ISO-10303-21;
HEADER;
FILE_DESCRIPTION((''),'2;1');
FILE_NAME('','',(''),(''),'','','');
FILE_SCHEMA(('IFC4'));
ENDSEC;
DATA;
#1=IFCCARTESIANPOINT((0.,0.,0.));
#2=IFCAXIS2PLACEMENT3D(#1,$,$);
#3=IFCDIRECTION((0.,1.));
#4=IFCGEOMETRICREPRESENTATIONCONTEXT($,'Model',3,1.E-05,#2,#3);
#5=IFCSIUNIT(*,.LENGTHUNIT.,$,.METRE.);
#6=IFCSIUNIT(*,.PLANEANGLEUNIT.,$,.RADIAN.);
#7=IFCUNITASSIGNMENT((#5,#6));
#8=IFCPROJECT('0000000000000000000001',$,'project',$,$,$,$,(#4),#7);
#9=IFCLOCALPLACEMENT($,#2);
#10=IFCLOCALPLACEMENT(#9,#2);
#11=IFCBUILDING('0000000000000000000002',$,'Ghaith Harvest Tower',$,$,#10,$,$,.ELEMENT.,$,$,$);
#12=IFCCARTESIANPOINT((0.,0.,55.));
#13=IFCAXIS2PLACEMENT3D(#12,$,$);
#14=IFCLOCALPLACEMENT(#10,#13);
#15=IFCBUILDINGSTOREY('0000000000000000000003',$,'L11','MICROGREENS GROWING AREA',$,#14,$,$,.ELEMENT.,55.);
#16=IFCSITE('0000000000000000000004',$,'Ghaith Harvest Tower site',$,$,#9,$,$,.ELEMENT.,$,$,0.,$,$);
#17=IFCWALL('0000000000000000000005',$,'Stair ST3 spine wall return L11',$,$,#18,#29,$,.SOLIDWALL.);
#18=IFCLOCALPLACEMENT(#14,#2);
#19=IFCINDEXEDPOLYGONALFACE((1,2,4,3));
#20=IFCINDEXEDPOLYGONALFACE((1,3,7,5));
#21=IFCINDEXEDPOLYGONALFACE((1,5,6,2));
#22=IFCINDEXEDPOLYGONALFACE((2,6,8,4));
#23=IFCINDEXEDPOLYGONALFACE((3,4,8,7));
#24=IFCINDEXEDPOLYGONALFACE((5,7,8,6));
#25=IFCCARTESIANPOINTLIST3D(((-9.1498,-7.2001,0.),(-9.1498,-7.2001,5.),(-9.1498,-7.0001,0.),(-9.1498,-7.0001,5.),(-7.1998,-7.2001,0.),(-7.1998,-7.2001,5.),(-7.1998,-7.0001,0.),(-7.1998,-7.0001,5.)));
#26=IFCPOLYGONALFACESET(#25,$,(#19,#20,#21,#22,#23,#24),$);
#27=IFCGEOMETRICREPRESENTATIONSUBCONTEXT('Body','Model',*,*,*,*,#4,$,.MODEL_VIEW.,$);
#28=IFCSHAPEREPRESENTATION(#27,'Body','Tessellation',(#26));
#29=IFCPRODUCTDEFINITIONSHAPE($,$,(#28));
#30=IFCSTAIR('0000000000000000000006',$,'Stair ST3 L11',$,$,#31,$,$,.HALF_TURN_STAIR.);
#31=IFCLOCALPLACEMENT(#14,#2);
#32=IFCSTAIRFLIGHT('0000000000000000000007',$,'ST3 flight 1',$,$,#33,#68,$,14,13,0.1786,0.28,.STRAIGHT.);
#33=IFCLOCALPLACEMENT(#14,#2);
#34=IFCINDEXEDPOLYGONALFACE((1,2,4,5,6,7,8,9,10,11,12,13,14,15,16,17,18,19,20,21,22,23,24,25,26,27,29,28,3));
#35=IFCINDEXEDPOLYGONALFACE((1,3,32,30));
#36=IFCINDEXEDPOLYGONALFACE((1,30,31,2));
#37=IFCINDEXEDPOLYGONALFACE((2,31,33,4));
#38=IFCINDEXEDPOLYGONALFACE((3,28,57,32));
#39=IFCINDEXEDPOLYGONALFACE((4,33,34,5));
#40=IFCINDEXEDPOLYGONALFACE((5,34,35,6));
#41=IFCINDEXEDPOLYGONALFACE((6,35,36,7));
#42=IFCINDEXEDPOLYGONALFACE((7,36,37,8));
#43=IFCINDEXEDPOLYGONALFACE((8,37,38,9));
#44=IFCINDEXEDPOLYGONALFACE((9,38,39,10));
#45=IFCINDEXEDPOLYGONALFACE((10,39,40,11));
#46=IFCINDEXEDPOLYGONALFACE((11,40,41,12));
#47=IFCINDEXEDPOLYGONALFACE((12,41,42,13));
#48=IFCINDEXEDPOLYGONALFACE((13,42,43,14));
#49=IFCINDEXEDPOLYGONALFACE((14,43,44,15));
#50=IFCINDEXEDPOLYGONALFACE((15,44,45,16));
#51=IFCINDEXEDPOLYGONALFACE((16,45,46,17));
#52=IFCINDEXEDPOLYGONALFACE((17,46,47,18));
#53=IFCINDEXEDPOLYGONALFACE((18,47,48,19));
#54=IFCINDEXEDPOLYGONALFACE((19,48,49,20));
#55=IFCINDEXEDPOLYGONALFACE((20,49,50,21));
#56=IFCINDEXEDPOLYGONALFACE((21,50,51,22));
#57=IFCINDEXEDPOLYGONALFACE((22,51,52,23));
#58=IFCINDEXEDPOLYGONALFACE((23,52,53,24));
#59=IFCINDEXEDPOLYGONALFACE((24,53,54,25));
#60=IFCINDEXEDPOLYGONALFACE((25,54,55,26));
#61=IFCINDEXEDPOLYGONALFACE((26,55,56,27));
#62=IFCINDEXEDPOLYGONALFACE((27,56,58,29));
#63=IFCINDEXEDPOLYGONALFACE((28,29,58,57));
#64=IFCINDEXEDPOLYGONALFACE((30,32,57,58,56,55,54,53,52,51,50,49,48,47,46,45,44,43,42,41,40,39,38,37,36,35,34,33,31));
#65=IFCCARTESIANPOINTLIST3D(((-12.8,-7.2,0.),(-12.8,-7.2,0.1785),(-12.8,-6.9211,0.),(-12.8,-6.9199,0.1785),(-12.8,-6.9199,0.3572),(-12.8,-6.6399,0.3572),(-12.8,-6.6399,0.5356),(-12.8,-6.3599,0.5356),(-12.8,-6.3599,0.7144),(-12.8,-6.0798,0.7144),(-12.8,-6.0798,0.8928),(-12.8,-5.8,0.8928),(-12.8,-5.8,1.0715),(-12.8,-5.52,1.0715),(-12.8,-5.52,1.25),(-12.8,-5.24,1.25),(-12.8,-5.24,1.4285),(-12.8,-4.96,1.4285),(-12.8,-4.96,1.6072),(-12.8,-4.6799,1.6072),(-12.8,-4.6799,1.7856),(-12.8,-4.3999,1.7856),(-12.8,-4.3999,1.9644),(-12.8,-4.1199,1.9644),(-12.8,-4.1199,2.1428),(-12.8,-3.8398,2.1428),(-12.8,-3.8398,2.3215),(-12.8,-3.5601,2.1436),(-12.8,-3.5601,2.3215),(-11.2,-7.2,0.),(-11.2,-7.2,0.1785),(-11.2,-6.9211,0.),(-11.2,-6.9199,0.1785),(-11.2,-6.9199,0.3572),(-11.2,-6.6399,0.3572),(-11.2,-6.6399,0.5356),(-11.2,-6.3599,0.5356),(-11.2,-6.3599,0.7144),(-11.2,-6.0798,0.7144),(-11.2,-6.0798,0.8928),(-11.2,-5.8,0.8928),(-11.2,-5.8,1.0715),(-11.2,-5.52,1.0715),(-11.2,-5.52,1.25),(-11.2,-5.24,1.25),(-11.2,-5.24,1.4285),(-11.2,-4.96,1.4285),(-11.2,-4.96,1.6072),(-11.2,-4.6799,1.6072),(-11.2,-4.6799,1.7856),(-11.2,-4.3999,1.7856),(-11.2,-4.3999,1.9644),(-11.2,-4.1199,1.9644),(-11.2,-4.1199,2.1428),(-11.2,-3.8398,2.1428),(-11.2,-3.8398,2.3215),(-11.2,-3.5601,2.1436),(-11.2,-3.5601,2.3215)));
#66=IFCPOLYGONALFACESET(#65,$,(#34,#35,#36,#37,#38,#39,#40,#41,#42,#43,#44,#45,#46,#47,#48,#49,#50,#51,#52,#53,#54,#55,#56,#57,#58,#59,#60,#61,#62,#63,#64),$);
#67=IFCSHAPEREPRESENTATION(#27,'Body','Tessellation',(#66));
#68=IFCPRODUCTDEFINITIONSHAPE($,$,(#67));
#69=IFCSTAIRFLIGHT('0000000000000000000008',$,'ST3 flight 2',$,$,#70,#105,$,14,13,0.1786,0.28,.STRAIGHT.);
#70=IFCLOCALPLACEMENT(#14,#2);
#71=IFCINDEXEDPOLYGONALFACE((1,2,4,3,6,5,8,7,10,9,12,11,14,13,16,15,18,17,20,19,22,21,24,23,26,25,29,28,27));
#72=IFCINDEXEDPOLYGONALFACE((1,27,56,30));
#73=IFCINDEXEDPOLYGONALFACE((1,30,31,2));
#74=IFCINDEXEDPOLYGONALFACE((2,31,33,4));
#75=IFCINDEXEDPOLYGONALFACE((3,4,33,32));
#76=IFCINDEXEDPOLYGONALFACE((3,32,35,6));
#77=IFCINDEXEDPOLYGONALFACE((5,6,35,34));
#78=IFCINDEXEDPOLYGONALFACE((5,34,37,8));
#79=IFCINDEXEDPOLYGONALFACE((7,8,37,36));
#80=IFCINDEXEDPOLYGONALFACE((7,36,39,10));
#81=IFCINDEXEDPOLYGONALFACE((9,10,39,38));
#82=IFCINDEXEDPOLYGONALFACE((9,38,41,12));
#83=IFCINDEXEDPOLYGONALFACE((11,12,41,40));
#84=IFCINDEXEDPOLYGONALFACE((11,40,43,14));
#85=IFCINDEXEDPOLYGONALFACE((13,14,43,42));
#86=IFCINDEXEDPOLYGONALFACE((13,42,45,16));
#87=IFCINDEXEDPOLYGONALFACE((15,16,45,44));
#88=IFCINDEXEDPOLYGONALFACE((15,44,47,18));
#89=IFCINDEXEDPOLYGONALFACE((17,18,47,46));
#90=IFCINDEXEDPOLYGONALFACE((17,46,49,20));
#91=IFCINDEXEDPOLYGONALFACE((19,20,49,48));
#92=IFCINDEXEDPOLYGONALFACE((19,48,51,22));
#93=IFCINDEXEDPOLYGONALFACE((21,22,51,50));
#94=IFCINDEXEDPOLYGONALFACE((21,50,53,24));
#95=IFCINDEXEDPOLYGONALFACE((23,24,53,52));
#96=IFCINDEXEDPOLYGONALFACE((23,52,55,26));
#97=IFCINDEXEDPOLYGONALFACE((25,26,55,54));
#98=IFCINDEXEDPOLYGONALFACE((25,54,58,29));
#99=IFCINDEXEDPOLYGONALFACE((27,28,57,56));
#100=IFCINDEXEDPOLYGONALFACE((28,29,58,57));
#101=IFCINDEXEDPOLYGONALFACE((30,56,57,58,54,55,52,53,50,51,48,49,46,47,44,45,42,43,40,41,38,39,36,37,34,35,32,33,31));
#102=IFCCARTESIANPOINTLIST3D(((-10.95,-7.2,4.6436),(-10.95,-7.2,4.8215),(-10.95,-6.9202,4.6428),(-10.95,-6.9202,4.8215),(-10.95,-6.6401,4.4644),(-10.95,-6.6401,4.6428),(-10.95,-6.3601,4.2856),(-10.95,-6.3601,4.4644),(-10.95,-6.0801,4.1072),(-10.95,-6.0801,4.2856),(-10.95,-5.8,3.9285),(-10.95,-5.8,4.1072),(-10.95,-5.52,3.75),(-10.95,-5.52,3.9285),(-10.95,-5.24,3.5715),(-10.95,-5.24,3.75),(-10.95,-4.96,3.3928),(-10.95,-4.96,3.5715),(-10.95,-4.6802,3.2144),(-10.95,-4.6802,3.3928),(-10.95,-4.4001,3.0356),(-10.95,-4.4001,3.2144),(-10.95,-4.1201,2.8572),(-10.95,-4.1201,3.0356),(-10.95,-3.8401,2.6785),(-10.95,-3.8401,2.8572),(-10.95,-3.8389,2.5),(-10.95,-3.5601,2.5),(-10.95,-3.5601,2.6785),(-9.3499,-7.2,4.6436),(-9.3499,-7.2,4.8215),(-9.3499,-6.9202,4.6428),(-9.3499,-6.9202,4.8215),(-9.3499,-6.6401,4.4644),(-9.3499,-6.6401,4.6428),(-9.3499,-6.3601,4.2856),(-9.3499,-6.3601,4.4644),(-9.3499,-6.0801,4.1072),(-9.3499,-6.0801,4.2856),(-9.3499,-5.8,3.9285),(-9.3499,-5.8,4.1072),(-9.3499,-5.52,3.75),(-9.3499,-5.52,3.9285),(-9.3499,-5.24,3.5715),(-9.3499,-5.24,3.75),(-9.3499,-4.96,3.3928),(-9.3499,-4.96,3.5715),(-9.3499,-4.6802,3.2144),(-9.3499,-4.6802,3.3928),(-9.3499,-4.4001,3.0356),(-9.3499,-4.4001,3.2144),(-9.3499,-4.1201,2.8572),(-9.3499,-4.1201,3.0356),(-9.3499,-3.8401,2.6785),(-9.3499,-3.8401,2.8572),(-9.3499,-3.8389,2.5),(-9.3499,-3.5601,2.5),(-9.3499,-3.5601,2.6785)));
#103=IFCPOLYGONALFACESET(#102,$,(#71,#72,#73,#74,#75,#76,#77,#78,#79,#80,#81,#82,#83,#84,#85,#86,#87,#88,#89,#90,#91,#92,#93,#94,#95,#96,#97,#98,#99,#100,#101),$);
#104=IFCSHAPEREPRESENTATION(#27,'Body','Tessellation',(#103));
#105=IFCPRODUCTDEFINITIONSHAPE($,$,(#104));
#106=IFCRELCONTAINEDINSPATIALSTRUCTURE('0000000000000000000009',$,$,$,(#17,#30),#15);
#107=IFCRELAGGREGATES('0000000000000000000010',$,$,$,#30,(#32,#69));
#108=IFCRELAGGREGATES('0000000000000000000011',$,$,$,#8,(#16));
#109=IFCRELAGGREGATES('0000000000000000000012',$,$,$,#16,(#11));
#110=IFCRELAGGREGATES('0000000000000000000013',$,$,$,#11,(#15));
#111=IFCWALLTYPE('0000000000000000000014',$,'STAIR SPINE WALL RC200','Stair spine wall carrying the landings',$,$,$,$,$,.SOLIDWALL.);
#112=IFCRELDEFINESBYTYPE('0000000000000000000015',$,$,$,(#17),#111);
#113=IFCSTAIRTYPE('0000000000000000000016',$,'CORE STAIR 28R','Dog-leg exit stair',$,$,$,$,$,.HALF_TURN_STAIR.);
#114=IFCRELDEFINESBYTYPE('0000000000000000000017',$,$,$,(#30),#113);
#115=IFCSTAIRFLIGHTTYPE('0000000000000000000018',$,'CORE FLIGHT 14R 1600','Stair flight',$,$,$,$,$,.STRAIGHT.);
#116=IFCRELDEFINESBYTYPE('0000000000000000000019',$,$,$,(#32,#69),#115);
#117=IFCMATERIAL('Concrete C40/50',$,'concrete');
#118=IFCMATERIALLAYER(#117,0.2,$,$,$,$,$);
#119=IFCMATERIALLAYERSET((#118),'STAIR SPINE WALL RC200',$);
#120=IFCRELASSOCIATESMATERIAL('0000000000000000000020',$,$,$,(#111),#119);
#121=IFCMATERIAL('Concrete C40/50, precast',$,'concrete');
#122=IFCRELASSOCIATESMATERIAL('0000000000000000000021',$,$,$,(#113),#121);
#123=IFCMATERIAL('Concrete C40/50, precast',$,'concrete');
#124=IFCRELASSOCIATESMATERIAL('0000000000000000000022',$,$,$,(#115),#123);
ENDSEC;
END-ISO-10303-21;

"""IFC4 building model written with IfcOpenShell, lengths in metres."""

from ifc_helpers import new_model, si_unit, direction, frame, frame_2d, origin, place, context, subcontext, project, spatial, polyline, rectangle, outline, extrude, material, layer, layer_set, type_object, element, aggregate, save


model = new_model("IFC4")

# Units and contexts
model_context = context("Model", 3, precision=1e-05, world=origin(), true_north=direction((0.0, 1.0)))
body_context = subcontext(model_context, "Body", "Model", "MODEL_VIEW")
ifc_project = project(units=[si_unit("LENGTHUNIT", "METRE"), si_unit("PLANEANGLEUNIT", "RADIAN")], contexts=[model_context])

# Site, building, storey
site_placement = place(None, origin())
site = spatial("IfcSite", under=ifc_project, at=site_placement, Name="Ghaith Harvest Tower site", CompositionType="ELEMENT", RefElevation=0.0)
building_placement = place(site_placement, origin())
building = spatial("IfcBuilding", under=site, at=building_placement, Name="Ghaith Harvest Tower", CompositionType="ELEMENT")
storey_placement = place(building_placement, frame((0.0, 0.0, 55.0)))
storey = spatial("IfcBuildingStorey", under=building, at=storey_placement, Name="L11", Description="MICROGREENS GROWING AREA", CompositionType="ELEMENT", Elevation=55.0)

# Wall
ifc_material_1 = material(Name="Concrete C40/50", Category="concrete")
ifc_layer_1 = layer(ifc_material_1, 0.2)
ifc_layer_set_1 = layer_set([ifc_layer_1], Name="STAIR SPINE WALL RC200")
wall_type_1 = type_object("IfcWallType", Name="STAIR SPINE WALL RC200", Description="Stair spine wall carrying the landings", PredefinedType="SOLIDWALL", material=ifc_layer_set_1)
wall_1_placement = place(storey_placement, frame((-9.1499, -7.1001, 0.0), z_axis=(0.0, 0.0, 1.0), x_axis=(1.0, 0.0, 0.0)))
element("IfcWall", 1, at=wall_1_placement, inside=storey, type_object=wall_type_1, Name="Stair ST3 spine wall return L11", PredefinedType="SOLIDWALL", context=body_context, shape_type="SweptSolid", body=[
    extrude(rectangle(XDim=1.95, YDim=0.2, at=frame_2d((0.9751, 0.0))), origin(), (0.0, 0.0, 1.0), 5.0),
])

# Stair, stair flights
ifc_material_2 = material(Name="Concrete C40/50, precast", Category="concrete")
stair_type = type_object("IfcStairType", Name="CORE STAIR 28R", Description="Dog-leg exit stair", PredefinedType="HALF_TURN_STAIR", material=ifc_material_2)
stair_placement = place(storey_placement, origin())
stair = element("IfcStair", 2, at=stair_placement, inside=storey, type_object=stair_type, Name="Stair ST3 L11", PredefinedType="HALF_TURN_STAIR")
ifc_material_3 = material(Name="Concrete C40/50, precast", Category="concrete")
stair_flight_type = type_object("IfcStairFlightType", Name="CORE FLIGHT 14R 1600", Description="Stair flight", PredefinedType="STRAIGHT", material=ifc_material_3)
stair_flight_1_placement = place(storey_placement, frame((-12.0, -7.2, 0.0), z_axis=(0.0, 0.0, 1.0), x_axis=(0.0, 1.0, 0.0)))
stair_flight_1 = element("IfcStairFlight", 3, at=stair_flight_1_placement, type_object=stair_flight_type, Name="ST3 flight 1", NumberOfRisers=14, NumberOfTreads=13, PredefinedType="STRAIGHT", RiserHeight=0.1786, TreadLength=0.28, context=body_context, shape_type="SweptSolid", body=[
    extrude(outline(polyline([(0.0, 0.0), (0.0, 0.1785), (0.28, 0.1785), (0.28, 0.3572), (0.5601, 0.3572), (0.5601, 0.5356), (0.8401, 0.5356), (0.8401, 0.7144), (1.1201, 0.7144), (1.1201, 0.8928), (1.3999, 0.8928), (1.3999, 1.0715), (1.6799, 1.0715), (1.6799, 1.25), (1.96, 1.25), (1.96, 1.4285), (2.24, 1.4285), (2.24, 1.6072), (2.52, 1.6072), (2.52, 1.7856), (2.8, 1.7856), (2.8, 1.9644), (3.0801, 1.9644), (3.0801, 2.1428), (3.3601, 2.1428), (3.3601, 2.3215), (3.6399, 2.3215), (3.6399, 2.5), (3.6399, 2.1436), (0.2788, 0.0), (0.0, 0.0)])), frame((0.0, 0.8, 0.0), z_axis=(0.0, -1.0, 0.0), x_axis=(1.0, 0.0, 0.0)), (0.0, 0.0, 1.0), 1.6001),
])
stair_flight_2_placement = place(storey_placement, frame((-10.1499, -3.5601, 2.5), z_axis=(0.0, 0.0, 1.0), x_axis=(0.0, -1.0, 0.0)))
stair_flight_2 = element("IfcStairFlight", 4, at=stair_flight_2_placement, type_object=stair_flight_type, Name="ST3 flight 2", NumberOfRisers=14, NumberOfTreads=13, PredefinedType="STRAIGHT", RiserHeight=0.1786, TreadLength=0.28, context=body_context, shape_type="SweptSolid", body=[
    extrude(outline(polyline([(0.0, 0.0), (0.0, 0.1785), (0.28, 0.1785), (0.28, 0.3572), (0.5601, 0.3572), (0.5601, 0.5356), (0.8401, 0.5356), (0.8401, 0.7144), (1.1201, 0.7144), (1.1201, 0.8928), (1.3999, 0.8928), (1.3999, 1.0715), (1.6799, 1.0715), (1.6799, 1.25), (1.96, 1.25), (1.96, 1.4285), (2.24, 1.4285), (2.24, 1.6072), (2.52, 1.6072), (2.52, 1.7856), (2.8, 1.7856), (2.8, 1.9644), (3.0801, 1.9644), (3.0801, 2.1428), (3.3601, 2.1428), (3.3601, 2.3215), (3.6399, 2.3215), (3.6399, 2.5), (3.6399, 2.1436), (0.2788, 0.0), (0.0, 0.0)])), frame((0.0, 0.8, 0.0), z_axis=(0.0, -1.0, 0.0), x_axis=(1.0, 0.0, 0.0)), (0.0, 0.0, 1.0), 1.6001),
])
aggregate(stair, [stair_flight_1, stair_flight_2])

save(model, "model.ifc")
